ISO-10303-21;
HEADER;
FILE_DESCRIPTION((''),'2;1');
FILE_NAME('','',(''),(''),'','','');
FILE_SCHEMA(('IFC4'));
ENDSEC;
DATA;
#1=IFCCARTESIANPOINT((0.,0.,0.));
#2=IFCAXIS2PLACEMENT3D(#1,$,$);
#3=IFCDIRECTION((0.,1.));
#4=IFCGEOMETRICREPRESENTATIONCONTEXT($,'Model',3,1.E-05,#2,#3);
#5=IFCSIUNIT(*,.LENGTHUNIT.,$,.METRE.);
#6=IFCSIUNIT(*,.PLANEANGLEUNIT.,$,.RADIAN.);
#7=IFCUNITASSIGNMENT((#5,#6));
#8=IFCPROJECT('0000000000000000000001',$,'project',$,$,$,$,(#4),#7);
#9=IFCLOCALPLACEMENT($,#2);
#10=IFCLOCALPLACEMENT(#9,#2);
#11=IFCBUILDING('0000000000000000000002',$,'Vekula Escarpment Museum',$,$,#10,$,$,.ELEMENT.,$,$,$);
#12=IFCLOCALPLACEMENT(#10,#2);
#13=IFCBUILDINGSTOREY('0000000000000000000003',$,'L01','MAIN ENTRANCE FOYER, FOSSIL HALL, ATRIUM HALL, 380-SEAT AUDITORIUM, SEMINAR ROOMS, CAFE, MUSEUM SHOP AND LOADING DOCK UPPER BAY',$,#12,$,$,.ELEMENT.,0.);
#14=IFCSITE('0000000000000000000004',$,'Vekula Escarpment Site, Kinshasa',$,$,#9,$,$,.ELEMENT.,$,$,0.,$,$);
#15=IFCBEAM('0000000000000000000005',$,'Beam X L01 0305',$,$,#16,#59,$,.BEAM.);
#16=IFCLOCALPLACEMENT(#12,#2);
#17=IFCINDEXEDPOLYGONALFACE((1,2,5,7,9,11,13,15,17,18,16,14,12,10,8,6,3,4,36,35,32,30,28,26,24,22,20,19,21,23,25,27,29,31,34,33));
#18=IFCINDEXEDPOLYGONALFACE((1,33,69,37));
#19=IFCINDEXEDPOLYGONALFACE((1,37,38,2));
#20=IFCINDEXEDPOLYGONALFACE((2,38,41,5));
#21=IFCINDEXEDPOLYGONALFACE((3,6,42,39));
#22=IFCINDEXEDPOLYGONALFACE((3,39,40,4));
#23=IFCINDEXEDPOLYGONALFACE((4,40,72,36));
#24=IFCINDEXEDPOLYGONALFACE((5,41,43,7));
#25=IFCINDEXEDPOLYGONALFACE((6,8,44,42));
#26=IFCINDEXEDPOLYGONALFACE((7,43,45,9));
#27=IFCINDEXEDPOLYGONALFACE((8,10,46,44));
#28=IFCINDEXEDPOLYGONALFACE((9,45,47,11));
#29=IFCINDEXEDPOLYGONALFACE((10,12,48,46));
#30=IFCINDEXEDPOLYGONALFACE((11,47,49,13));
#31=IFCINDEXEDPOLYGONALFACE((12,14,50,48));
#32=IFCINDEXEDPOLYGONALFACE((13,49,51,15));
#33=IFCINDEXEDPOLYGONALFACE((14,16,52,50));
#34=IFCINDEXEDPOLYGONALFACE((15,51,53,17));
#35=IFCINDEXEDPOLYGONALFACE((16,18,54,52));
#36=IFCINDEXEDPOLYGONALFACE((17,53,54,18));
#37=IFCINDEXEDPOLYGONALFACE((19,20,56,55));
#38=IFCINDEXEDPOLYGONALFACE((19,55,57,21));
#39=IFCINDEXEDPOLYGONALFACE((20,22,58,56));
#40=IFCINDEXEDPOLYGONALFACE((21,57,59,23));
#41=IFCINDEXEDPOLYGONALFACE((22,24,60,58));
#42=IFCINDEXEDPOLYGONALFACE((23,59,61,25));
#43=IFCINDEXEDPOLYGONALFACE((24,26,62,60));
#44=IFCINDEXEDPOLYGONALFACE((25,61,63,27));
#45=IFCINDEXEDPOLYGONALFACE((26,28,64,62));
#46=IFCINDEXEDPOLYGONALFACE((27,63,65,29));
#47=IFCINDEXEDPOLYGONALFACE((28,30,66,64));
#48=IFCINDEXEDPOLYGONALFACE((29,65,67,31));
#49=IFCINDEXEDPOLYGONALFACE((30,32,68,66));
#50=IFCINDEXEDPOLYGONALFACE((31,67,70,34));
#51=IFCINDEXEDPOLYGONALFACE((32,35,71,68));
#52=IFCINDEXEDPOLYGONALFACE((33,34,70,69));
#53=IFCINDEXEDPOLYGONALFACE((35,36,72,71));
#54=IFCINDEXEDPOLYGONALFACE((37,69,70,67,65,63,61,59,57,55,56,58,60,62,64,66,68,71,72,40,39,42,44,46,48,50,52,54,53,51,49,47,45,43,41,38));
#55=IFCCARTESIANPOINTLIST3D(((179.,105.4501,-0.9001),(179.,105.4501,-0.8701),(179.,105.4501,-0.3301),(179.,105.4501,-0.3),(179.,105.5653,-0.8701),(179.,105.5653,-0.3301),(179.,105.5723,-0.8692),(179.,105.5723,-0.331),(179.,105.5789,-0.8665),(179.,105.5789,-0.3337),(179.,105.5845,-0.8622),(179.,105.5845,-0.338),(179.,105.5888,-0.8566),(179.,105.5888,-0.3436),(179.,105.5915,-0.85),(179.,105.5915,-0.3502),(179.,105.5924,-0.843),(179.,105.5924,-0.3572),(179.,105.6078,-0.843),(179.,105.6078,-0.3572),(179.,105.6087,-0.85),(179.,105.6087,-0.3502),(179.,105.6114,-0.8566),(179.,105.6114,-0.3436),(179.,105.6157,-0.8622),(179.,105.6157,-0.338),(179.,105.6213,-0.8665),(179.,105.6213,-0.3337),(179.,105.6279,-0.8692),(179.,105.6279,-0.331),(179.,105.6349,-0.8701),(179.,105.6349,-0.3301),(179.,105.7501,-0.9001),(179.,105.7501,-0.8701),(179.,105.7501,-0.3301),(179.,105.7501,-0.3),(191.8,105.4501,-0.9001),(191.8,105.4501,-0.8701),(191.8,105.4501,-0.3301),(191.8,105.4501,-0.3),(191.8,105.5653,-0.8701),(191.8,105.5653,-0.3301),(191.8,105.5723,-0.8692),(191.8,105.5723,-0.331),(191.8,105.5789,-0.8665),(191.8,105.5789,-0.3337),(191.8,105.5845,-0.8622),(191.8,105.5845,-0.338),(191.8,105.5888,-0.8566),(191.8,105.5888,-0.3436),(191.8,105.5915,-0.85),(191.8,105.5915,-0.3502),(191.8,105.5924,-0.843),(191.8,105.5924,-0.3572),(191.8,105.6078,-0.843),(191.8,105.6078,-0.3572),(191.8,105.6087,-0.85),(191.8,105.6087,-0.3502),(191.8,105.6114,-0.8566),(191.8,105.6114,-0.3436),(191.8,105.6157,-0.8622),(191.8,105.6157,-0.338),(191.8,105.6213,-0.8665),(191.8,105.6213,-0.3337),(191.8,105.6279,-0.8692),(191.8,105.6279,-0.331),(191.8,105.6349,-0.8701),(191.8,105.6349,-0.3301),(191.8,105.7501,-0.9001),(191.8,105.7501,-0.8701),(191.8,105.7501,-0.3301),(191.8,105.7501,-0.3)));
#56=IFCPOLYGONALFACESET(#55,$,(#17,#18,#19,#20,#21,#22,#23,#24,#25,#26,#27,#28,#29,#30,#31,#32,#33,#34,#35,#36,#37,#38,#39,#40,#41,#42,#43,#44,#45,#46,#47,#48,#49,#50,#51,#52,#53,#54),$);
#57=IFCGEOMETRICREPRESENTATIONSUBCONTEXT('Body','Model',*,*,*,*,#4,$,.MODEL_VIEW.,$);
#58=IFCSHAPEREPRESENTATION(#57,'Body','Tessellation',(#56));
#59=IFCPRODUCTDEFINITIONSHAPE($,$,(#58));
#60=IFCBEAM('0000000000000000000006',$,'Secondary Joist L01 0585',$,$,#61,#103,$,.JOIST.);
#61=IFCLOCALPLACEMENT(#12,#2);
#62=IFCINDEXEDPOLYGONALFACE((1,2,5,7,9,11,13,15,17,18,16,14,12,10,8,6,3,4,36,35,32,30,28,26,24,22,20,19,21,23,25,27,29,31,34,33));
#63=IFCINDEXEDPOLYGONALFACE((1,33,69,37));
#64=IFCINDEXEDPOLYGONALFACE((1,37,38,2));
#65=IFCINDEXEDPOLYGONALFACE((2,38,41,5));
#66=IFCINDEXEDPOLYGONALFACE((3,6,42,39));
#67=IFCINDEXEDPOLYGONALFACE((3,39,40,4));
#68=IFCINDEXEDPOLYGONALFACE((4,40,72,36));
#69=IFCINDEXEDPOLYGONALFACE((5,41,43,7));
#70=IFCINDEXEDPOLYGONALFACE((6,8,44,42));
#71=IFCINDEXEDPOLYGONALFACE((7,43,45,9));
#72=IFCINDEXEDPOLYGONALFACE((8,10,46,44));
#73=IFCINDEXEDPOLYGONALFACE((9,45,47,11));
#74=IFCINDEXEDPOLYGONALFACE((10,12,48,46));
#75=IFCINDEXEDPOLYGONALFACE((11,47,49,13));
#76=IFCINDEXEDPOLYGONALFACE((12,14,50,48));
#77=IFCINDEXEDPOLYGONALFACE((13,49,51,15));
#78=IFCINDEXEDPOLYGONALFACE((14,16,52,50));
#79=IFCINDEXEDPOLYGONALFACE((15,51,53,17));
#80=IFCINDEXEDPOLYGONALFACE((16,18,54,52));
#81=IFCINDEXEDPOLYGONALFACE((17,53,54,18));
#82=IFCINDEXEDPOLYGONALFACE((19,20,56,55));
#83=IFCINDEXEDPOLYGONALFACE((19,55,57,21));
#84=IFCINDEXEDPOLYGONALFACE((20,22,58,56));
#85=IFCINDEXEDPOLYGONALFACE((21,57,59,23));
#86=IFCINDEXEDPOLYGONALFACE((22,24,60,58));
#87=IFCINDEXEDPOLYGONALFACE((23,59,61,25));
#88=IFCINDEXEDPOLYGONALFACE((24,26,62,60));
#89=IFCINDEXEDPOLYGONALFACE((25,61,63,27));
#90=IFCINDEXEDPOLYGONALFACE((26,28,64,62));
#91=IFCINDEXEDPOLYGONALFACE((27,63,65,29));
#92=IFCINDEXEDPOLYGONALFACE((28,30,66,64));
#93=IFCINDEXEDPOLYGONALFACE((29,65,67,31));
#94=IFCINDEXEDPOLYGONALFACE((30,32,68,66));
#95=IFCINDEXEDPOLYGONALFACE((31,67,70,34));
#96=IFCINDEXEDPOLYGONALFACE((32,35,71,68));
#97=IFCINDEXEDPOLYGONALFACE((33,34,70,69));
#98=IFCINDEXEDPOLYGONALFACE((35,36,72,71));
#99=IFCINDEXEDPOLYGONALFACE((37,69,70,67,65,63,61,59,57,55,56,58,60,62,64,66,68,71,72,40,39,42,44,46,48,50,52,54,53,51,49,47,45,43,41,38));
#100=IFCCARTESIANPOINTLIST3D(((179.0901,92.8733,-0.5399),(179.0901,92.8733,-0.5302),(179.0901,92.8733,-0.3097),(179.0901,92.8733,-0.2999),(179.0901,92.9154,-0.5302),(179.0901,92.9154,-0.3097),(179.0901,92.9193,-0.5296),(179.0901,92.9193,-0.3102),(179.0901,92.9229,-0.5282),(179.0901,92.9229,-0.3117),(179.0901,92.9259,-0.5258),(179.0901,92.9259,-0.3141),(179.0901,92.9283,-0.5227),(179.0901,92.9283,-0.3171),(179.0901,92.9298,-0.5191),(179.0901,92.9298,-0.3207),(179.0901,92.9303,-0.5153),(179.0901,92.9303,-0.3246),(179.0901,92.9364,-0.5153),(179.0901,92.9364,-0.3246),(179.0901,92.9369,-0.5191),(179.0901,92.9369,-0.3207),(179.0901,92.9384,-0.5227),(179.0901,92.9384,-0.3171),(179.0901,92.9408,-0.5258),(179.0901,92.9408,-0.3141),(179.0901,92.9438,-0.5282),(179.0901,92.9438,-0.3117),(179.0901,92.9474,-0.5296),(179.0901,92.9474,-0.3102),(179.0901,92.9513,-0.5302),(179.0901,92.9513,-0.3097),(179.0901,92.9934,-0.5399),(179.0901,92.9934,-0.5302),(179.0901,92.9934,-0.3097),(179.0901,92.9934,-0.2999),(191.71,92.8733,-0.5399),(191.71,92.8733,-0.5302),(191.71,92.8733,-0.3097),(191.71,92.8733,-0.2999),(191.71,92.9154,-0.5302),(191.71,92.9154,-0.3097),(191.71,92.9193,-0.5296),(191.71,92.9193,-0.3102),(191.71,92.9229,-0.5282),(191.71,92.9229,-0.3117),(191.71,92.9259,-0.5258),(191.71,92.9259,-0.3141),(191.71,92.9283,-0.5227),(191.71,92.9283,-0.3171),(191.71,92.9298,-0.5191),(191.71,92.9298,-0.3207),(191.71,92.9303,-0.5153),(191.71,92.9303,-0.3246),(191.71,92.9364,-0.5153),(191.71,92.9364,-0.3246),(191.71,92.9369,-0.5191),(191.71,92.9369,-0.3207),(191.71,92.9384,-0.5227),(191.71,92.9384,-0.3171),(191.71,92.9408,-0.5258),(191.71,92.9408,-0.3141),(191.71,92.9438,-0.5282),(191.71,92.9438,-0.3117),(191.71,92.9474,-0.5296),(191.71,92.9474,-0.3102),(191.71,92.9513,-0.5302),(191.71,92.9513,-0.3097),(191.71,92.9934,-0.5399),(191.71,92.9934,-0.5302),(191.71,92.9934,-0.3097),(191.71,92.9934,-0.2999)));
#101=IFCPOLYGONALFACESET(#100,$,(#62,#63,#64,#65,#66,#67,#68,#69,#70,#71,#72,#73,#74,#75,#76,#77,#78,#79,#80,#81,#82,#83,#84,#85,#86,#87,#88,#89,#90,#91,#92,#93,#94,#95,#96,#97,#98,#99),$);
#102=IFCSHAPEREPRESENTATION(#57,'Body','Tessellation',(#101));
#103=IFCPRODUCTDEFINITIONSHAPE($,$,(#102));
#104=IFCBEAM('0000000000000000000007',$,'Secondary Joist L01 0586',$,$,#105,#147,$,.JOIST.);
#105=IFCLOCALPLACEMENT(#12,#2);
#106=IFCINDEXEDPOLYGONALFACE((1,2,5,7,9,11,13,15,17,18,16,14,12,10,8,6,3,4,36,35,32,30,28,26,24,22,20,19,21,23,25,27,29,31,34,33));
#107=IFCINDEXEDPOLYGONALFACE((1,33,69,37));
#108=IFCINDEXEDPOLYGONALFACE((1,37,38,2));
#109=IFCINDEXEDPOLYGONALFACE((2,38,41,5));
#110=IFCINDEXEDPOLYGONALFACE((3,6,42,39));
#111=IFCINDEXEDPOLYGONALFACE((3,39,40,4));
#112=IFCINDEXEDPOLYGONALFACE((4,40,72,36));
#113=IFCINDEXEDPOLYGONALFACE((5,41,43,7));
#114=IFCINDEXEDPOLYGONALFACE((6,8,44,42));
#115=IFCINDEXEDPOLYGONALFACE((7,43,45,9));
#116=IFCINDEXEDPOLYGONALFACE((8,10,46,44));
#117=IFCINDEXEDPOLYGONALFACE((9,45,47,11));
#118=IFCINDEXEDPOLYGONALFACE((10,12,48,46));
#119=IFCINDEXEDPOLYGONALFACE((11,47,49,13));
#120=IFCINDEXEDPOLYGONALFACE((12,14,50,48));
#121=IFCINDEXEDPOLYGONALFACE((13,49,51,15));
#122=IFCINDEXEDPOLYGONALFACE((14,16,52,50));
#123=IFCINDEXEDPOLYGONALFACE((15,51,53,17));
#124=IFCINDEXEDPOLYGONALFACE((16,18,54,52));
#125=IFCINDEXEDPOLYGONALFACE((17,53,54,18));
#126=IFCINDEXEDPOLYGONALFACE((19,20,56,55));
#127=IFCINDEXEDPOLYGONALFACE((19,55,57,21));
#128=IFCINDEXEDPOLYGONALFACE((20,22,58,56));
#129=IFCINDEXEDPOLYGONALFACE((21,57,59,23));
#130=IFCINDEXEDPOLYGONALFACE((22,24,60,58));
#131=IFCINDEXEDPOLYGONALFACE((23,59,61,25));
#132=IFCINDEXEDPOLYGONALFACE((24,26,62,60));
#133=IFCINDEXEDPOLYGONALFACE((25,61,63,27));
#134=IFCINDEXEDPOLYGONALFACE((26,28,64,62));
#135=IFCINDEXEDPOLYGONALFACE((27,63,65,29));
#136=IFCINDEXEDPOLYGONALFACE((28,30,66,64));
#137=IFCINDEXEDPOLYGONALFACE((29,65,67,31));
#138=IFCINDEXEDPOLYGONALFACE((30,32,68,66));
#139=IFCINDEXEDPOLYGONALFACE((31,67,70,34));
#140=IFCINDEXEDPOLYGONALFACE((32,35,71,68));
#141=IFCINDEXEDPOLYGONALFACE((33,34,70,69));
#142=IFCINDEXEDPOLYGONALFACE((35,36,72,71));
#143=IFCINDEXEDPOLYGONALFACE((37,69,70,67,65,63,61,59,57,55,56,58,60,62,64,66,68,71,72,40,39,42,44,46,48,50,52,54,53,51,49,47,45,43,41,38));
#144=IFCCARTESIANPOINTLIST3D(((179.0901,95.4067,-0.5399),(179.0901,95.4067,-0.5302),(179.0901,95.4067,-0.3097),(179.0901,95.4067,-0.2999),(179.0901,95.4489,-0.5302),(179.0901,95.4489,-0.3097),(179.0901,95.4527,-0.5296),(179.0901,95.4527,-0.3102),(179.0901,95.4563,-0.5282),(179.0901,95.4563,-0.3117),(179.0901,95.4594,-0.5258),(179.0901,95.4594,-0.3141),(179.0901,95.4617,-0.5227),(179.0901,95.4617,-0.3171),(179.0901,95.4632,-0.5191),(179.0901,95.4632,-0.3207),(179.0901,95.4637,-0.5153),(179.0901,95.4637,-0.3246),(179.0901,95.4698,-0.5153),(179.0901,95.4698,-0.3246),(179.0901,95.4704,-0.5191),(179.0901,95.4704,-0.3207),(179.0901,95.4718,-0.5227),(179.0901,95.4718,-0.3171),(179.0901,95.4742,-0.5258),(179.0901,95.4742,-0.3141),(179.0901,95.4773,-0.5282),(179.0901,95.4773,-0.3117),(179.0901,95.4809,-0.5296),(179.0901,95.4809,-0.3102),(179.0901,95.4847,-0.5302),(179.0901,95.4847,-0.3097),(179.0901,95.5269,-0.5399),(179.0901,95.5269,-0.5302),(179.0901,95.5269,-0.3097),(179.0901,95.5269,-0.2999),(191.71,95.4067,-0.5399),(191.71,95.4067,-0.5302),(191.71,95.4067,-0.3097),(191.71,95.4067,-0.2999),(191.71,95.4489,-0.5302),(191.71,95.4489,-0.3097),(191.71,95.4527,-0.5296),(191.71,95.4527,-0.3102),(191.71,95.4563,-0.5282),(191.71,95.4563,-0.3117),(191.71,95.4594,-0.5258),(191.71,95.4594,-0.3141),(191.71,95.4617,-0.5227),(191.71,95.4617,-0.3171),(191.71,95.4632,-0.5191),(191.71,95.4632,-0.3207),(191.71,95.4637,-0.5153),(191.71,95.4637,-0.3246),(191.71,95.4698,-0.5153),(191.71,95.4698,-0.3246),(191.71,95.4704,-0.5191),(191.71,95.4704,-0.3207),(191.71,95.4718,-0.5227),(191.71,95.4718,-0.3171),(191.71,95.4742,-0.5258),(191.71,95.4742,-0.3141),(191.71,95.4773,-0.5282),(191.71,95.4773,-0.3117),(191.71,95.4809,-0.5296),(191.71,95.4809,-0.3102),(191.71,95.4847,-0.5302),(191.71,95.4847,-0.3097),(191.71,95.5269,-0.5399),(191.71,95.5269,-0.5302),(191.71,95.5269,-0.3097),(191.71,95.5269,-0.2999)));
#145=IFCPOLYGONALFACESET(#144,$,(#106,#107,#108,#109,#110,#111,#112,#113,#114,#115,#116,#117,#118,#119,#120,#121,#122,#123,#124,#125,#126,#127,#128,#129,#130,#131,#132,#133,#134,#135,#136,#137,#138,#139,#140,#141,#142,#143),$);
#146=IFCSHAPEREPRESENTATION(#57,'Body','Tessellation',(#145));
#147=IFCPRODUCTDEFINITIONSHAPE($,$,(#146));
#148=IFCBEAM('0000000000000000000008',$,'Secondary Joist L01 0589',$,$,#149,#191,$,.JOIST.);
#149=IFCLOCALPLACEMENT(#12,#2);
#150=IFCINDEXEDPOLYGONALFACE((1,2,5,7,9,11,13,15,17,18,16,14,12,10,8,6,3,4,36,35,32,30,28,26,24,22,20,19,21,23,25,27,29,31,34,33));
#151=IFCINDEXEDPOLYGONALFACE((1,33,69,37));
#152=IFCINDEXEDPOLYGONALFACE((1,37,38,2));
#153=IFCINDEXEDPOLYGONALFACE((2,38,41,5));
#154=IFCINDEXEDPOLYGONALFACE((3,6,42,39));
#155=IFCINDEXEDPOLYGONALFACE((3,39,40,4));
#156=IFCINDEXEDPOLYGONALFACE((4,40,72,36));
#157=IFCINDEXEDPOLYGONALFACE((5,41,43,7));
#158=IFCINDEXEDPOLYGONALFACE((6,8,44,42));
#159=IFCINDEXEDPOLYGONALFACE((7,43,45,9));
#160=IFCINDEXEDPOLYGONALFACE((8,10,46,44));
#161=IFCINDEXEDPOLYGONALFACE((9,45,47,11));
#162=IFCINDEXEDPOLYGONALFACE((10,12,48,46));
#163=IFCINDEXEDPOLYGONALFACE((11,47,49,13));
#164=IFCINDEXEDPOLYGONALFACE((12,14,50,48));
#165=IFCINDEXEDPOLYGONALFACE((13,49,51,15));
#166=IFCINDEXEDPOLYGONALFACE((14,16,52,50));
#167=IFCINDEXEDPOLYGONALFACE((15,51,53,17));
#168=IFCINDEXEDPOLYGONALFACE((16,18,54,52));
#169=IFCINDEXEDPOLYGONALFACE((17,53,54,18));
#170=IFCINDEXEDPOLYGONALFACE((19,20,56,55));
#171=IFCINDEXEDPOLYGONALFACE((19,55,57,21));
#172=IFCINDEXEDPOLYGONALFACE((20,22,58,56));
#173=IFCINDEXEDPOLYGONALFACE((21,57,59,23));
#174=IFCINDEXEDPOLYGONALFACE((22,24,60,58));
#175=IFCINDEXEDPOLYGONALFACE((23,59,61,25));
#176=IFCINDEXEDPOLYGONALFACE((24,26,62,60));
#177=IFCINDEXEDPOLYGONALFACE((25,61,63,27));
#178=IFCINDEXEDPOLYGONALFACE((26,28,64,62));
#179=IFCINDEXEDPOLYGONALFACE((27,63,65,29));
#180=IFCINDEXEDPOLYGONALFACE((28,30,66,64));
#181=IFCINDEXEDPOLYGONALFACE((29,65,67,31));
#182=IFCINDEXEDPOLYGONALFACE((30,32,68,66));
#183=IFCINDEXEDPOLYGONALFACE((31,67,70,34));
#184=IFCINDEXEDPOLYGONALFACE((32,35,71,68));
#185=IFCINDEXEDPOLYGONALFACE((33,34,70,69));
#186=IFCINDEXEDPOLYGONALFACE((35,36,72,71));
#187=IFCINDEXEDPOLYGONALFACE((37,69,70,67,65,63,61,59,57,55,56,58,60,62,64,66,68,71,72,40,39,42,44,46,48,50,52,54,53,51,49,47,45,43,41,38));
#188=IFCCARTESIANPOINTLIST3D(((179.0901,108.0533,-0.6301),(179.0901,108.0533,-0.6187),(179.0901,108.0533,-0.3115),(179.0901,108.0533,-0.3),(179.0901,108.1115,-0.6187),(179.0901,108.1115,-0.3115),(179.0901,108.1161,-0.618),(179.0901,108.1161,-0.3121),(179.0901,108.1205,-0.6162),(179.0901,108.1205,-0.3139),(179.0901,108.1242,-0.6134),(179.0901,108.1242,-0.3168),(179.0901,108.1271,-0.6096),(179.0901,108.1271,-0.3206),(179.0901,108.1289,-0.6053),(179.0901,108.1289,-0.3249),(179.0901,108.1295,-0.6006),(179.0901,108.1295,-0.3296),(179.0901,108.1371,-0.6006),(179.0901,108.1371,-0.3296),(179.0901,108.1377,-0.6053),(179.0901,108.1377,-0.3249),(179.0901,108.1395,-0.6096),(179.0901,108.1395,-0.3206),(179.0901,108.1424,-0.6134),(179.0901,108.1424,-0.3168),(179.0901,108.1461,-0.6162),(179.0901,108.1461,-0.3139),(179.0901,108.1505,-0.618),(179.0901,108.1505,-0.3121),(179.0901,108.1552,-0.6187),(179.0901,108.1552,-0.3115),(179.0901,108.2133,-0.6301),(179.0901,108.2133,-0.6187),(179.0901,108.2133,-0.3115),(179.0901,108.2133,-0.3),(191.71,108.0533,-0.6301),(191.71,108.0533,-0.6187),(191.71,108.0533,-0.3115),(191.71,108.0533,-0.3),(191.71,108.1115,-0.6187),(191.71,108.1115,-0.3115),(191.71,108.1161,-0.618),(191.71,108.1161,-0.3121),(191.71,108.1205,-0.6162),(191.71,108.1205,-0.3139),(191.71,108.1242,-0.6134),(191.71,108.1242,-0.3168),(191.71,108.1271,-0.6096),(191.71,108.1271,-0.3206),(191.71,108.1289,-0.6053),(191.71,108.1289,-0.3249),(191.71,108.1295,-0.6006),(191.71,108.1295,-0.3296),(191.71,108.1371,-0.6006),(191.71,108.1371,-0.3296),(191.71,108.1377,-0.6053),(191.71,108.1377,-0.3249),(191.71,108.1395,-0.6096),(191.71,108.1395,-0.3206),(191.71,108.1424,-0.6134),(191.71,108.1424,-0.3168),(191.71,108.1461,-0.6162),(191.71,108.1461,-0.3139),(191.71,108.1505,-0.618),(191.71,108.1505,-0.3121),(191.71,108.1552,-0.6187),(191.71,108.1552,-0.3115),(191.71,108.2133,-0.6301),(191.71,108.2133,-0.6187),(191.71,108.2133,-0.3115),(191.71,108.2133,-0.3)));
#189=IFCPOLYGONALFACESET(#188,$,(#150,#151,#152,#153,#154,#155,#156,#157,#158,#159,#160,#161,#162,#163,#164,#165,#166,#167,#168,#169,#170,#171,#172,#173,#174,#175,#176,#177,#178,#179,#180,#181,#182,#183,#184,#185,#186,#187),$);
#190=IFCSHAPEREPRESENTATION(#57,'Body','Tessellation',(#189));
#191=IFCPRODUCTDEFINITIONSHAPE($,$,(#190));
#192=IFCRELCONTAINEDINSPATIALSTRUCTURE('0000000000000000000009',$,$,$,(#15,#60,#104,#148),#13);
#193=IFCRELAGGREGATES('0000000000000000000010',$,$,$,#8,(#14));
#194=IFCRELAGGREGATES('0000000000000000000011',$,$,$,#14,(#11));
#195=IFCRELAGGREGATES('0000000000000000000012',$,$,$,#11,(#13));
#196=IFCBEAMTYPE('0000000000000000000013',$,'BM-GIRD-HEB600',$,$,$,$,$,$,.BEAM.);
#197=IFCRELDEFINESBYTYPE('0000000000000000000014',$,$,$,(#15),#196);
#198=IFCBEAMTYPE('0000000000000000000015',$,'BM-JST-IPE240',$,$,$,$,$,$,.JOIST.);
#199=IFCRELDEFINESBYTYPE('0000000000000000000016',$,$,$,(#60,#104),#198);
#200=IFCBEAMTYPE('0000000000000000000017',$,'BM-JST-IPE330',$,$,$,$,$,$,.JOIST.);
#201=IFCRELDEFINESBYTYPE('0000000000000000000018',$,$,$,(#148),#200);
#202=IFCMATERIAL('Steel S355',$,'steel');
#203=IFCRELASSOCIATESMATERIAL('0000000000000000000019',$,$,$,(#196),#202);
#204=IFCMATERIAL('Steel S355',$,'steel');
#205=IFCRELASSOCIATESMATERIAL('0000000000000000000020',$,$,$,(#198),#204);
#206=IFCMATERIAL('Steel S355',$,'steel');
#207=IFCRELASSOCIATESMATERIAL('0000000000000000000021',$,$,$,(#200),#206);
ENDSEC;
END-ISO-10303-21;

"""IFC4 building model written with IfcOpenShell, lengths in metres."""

from ifc_helpers import new_model, si_unit, direction, frame, origin, origin_2d, place, context, subcontext, project, spatial, i_section, extrude, material, material_profile, profile_set, type_object, element, save


model = new_model("IFC4")

# Units and contexts
model_context = context("Model", 3, precision=1e-05, world=origin(), true_north=direction((0.0, 1.0)))
body_context = subcontext(model_context, "Body", "Model", "MODEL_VIEW")
ifc_project = project(units=[si_unit("LENGTHUNIT", "METRE"), si_unit("PLANEANGLEUNIT", "RADIAN")], contexts=[model_context])

# Site, building, storey
site_placement = place(None, origin())
site = spatial("IfcSite", under=ifc_project, at=site_placement, Name="Vekula Escarpment Site, Kinshasa", CompositionType="ELEMENT", RefElevation=0.0)
building_placement = place(site_placement, origin())
building = spatial("IfcBuilding", under=site, at=building_placement, Name="Vekula Escarpment Museum", CompositionType="ELEMENT")
storey_placement = place(building_placement, origin())
storey = spatial("IfcBuildingStorey", under=building, at=storey_placement, Name="L01", Description="MAIN ENTRANCE FOYER, FOSSIL HALL, ATRIUM HALL, 380-SEAT AUDITORIUM, SEMINAR ROOMS, CAFE, MUSEUM SHOP AND LOADING DOCK UPPER BAY", CompositionType="ELEMENT", Elevation=0.0)

# Beams
ifc_material_1 = material(Name="Steel S355", Category="steel")
ifc_material_profile_1 = material_profile(ifc_material_1, i_section(OverallWidth=0.3, OverallDepth=0.6001, WebThickness=0.0154, FlangeThickness=0.03, FilletRadius=0.0271, at=origin_2d()), Name="HEB 600")
ifc_profile_set_1 = profile_set([ifc_material_profile_1], Name="Steel S355")
beam_type_1 = type_object("IfcBeamType", Name="BM-GIRD-HEB600", PredefinedType="BEAM", material=ifc_profile_set_1)
for number, where, z_axis, x_axis, name in (
    (1, (179.0, 105.6001, -0.6001), (1.0, 0.0, 0.0), (0.0, 1.0, 0.0), "Beam X L01 0305"),
):
    element("IfcBeam", number, at=place(storey_placement, frame(where, z_axis=z_axis, x_axis=x_axis)), inside=storey, type_object=beam_type_1, Name=name, PredefinedType="BEAM", context=body_context, shape_type="SweptSolid", body=[
        extrude(i_section(OverallWidth=0.3, OverallDepth=0.6001, WebThickness=0.0154, FlangeThickness=0.03, FilletRadius=0.0271, at=origin_2d()), origin(), (0.0, 0.0, 1.0), 12.8),
    ])
ifc_material_2 = material(Name="Steel S355", Category="steel")
ifc_material_profile_2 = material_profile(ifc_material_2, i_section(OverallWidth=0.1201, OverallDepth=0.24, WebThickness=0.0061, FlangeThickness=0.0098, FilletRadius=0.0149, at=origin_2d()), Name="IPE 240")
ifc_profile_set_2 = profile_set([ifc_material_profile_2], Name="Steel S355")
beam_type_2 = type_object("IfcBeamType", Name="BM-JST-IPE240", PredefinedType="JOIST", material=ifc_profile_set_2)
for number, where, z_axis, x_axis, name in (
    (2, (179.0901, 92.9333, -0.4199), (1.0, 0.0, 0.0), (0.0, 1.0, 0.0), "Secondary Joist L01 0585"),
    (3, (179.0901, 95.4668, -0.4199), (1.0, 0.0, 0.0), (0.0, 1.0, 0.0), "Secondary Joist L01 0586"),
):
    element("IfcBeam", number, at=place(storey_placement, frame(where, z_axis=z_axis, x_axis=x_axis)), inside=storey, type_object=beam_type_2, Name=name, PredefinedType="JOIST", context=body_context, shape_type="SweptSolid", body=[
        extrude(i_section(OverallWidth=0.1201, OverallDepth=0.24, WebThickness=0.0061, FlangeThickness=0.0098, FilletRadius=0.0149, at=origin_2d()), origin(), (0.0, 0.0, 1.0), 12.6199),
    ])
ifc_material_3 = material(Name="Steel S355", Category="steel")
ifc_material_profile_3 = material_profile(ifc_material_3, i_section(OverallWidth=0.1599, OverallDepth=0.3301, WebThickness=0.0076, FlangeThickness=0.0115, FilletRadius=0.0181, at=origin_2d()), Name="IPE 330")
ifc_profile_set_3 = profile_set([ifc_material_profile_3], Name="Steel S355")
beam_type_3 = type_object("IfcBeamType", Name="BM-JST-IPE330", PredefinedType="JOIST", material=ifc_profile_set_3)
beam_1_placement = place(storey_placement, frame((179.0901, 108.1333, -0.4651), z_axis=(1.0, 0.0, 0.0), x_axis=(0.0, 1.0, 0.0)))
element("IfcBeam", 4, at=beam_1_placement, inside=storey, type_object=beam_type_3, Name="Secondary Joist L01 0589", PredefinedType="JOIST", context=body_context, shape_type="SweptSolid", body=[
    extrude(i_section(OverallWidth=0.1599, OverallDepth=0.3301, WebThickness=0.0076, FlangeThickness=0.0115, FilletRadius=0.0181, at=origin_2d()), origin(), (0.0, 0.0, 1.0), 12.6199),
])

save(model, "model.ifc")
